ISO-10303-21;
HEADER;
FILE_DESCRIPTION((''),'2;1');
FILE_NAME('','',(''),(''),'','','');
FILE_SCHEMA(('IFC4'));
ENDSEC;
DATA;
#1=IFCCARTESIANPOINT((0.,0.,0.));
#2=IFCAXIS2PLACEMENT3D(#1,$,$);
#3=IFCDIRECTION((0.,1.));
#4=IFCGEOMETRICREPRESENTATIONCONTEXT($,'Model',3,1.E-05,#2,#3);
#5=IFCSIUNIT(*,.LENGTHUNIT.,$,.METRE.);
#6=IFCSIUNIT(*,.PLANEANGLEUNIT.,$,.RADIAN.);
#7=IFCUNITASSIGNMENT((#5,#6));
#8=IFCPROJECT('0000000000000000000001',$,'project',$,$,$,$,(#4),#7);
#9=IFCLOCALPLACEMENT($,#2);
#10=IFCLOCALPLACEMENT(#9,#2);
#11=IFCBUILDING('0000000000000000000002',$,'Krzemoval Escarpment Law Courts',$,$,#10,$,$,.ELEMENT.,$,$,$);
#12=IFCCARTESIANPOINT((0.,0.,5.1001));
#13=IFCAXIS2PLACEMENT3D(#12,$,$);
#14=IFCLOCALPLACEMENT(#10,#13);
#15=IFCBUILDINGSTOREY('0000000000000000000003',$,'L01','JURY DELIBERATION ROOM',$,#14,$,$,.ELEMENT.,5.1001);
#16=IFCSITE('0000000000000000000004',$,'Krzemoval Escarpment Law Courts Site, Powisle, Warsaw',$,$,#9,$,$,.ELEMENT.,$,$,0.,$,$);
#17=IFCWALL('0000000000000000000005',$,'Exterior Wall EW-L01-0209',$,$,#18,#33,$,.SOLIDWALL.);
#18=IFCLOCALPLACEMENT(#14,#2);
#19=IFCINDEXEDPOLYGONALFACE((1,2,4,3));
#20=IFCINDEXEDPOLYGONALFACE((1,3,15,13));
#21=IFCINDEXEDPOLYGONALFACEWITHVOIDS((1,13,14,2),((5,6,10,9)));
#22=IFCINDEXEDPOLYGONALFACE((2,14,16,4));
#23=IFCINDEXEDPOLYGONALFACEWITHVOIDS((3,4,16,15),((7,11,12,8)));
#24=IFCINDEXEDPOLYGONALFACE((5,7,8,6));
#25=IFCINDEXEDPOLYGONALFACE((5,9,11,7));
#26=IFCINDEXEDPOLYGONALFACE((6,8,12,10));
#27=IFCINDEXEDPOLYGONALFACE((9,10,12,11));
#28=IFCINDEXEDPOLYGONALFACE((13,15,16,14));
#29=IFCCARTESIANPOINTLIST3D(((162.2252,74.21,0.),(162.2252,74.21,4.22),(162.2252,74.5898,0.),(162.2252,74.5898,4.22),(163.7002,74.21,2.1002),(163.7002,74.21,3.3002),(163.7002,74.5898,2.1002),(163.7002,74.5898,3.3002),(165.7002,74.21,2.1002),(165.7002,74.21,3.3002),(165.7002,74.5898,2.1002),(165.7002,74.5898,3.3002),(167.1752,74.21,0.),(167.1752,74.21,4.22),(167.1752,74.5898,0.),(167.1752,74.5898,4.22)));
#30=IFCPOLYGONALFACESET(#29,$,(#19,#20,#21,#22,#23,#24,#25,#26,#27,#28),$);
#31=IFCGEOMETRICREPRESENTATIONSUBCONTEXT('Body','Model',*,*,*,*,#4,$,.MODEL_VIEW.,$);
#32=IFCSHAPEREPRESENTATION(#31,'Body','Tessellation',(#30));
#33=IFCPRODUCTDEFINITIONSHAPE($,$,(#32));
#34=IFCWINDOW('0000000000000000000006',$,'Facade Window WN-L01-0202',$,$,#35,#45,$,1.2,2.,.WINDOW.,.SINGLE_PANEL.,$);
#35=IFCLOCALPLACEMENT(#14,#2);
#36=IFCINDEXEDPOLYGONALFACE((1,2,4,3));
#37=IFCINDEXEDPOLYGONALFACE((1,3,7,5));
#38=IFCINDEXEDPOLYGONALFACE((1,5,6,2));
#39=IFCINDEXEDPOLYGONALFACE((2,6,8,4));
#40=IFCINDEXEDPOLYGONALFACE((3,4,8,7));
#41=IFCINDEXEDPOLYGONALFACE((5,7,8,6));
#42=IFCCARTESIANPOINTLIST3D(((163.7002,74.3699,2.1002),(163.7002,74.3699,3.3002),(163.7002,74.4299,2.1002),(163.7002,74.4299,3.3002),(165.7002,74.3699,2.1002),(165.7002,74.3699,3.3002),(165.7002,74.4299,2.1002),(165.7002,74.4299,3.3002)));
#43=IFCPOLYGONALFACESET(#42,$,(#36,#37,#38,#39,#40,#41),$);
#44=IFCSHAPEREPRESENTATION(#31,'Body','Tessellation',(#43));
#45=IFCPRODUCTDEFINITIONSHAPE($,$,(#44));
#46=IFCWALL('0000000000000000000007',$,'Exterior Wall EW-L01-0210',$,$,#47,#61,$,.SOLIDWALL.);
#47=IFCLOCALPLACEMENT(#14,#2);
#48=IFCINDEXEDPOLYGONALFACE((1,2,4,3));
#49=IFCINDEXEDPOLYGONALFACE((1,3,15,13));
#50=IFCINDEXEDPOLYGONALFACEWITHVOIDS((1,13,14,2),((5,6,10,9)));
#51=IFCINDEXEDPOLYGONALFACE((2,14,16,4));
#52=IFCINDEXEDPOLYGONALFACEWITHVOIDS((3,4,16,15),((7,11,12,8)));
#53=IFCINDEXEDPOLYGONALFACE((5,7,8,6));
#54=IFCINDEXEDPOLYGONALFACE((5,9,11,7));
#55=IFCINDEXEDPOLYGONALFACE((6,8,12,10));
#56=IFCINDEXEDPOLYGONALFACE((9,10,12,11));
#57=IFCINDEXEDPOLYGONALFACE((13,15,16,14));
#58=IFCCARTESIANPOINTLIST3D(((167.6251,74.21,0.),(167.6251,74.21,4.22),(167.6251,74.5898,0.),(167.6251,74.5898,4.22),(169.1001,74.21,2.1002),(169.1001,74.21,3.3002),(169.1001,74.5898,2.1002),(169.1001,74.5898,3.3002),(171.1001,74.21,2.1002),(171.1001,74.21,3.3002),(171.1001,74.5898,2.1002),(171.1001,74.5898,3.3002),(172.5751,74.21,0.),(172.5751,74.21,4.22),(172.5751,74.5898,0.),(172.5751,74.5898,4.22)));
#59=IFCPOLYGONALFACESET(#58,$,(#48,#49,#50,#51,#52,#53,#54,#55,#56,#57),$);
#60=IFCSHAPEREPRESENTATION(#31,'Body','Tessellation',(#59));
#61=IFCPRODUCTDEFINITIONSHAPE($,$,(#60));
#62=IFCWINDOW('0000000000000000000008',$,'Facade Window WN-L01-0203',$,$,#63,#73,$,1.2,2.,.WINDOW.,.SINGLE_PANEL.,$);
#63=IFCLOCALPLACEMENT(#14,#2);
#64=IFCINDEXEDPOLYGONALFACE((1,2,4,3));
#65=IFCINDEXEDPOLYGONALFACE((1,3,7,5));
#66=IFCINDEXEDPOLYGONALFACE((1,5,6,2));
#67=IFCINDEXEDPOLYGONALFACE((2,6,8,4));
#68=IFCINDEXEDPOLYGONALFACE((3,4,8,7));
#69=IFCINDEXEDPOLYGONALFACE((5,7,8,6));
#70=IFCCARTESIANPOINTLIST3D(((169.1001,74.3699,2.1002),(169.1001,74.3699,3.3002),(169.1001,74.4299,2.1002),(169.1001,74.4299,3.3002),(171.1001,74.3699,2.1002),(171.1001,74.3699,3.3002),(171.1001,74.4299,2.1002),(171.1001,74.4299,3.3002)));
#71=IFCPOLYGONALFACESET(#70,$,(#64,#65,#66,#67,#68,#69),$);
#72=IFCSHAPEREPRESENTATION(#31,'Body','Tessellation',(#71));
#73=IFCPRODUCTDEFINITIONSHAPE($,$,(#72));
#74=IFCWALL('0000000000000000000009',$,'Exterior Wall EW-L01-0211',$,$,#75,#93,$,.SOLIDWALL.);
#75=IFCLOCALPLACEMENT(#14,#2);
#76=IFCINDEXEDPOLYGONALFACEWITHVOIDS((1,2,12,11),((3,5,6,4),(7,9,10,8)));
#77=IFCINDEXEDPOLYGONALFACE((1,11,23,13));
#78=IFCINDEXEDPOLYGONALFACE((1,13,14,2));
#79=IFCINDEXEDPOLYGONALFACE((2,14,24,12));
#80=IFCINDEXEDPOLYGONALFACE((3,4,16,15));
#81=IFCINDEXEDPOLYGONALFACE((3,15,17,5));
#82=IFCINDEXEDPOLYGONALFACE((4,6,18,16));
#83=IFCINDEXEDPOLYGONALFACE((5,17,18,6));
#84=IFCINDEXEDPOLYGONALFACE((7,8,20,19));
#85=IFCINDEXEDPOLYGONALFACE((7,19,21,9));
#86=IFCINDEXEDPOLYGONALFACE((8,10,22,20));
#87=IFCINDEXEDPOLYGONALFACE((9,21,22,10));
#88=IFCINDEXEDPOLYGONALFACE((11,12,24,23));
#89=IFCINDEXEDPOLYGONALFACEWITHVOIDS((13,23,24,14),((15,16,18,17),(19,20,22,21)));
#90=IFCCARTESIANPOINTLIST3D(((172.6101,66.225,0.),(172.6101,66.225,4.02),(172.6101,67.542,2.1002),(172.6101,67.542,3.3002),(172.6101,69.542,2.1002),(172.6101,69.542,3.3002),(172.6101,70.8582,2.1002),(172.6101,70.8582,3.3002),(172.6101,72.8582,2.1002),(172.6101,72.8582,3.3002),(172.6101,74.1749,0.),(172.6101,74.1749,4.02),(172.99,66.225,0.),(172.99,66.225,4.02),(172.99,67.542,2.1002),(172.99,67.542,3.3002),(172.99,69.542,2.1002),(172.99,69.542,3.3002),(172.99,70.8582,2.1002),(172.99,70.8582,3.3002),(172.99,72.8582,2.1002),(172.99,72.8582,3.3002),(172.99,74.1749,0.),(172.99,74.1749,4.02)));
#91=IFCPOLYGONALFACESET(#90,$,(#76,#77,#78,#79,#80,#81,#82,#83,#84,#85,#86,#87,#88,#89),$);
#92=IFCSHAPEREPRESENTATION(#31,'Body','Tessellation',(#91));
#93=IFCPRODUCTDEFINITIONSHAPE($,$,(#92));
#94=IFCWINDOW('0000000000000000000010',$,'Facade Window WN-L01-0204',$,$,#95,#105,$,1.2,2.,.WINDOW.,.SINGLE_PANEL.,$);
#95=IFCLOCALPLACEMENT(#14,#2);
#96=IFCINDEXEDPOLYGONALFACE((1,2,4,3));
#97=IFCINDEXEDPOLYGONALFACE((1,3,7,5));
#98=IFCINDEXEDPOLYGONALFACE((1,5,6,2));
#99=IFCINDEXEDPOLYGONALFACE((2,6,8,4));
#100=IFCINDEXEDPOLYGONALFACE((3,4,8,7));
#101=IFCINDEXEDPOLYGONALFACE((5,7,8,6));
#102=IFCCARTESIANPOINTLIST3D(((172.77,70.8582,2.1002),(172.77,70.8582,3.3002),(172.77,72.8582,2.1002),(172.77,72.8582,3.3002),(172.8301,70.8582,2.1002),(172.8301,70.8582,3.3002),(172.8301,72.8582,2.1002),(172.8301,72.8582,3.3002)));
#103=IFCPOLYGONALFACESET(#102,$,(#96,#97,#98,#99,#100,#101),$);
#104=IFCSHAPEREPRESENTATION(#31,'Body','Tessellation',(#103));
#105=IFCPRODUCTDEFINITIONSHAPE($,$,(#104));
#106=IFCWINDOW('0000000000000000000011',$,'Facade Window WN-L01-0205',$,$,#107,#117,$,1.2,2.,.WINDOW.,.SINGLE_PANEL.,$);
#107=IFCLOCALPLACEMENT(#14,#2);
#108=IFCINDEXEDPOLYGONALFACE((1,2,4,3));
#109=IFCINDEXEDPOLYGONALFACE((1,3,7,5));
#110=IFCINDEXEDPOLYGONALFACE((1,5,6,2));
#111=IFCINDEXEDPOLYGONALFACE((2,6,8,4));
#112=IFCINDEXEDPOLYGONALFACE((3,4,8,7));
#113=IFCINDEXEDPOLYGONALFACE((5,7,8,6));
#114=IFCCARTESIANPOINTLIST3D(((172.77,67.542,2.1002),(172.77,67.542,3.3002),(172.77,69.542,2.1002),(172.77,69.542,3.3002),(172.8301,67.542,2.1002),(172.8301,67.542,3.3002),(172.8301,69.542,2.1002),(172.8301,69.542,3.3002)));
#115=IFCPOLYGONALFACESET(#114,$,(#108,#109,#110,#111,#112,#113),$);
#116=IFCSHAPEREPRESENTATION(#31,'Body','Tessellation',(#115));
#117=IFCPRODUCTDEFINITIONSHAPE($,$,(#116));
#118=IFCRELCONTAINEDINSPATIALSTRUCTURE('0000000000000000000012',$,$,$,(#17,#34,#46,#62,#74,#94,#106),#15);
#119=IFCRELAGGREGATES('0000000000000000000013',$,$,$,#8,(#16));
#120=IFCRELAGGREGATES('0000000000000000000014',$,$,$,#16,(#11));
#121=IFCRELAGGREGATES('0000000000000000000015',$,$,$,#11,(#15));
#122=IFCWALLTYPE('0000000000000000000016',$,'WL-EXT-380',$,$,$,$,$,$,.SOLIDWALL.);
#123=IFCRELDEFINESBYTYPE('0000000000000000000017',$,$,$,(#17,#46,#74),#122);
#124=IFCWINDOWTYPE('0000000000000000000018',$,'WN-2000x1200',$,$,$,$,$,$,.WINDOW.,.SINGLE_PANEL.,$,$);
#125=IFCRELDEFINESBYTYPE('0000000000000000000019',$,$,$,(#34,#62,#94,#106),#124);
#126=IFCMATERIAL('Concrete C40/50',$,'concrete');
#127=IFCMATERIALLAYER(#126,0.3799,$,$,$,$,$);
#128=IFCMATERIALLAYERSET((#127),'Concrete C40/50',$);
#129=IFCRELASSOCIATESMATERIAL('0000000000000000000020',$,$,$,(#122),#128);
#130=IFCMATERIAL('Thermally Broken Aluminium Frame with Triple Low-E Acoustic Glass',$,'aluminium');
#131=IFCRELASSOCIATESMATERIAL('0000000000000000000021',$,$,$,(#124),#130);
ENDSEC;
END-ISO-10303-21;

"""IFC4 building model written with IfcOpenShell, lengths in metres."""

from ifc_helpers import new_model, si_unit, direction, frame, frame_2d, origin, place, context, subcontext, project, spatial, rectangle, extrude, material, layer, layer_set, type_object, element, fill, save


model = new_model("IFC4")

# Units and contexts
model_context = context("Model", 3, precision=1e-05, world=origin(), true_north=direction((0.0, 1.0)))
body_context = subcontext(model_context, "Body", "Model", "MODEL_VIEW")
ifc_project = project(units=[si_unit("LENGTHUNIT", "METRE"), si_unit("PLANEANGLEUNIT", "RADIAN")], contexts=[model_context])

# Site, building, storey
site_placement = place(None, origin())
site = spatial("IfcSite", under=ifc_project, at=site_placement, Name="Krzemoval Escarpment Law Courts Site, Powisle, Warsaw", CompositionType="ELEMENT", RefElevation=0.0)
building_placement = place(site_placement, origin())
building = spatial("IfcBuilding", under=site, at=building_placement, Name="Krzemoval Escarpment Law Courts", CompositionType="ELEMENT")
storey_placement = place(building_placement, frame((0.0, 0.0, 5.1001)))
storey = spatial("IfcBuildingStorey", under=building, at=storey_placement, Name="L01", Description="JURY DELIBERATION ROOM", CompositionType="ELEMENT", Elevation=5.1001)

# Walls, openings, windows
ifc_material_1 = material(Name="Concrete C40/50", Category="concrete")
ifc_layer = layer(ifc_material_1, 0.3799)
ifc_layer_set = layer_set([ifc_layer], Name="Concrete C40/50")
wall_type = type_object("IfcWallType", Name="WL-EXT-380", PredefinedType="SOLIDWALL", material=ifc_layer_set)
wall_1_placement = place(storey_placement, frame((162.2251, 74.3999, 0.0), z_axis=(0.0, 0.0, 1.0), x_axis=(1.0, 0.0, 0.0)))
wall_1 = element("IfcWall", 1, at=wall_1_placement, inside=storey, type_object=wall_type, Name="Exterior Wall EW-L01-0209", PredefinedType="SOLIDWALL", context=body_context, shape_type="SweptSolid", body=[
    extrude(rectangle(XDim=4.95, YDim=0.3799, at=frame_2d((2.4751, 0.0))), origin(), (0.0, 0.0, 1.0), 4.22),
])
opening_1_placement = place(wall_1_placement, frame((1.4751, 0.0, 2.1001)))
opening_1 = element("IfcOpeningElement", 2, at=opening_1_placement, cuts=wall_1, PredefinedType="OPENING", context=body_context, shape_type="SweptSolid", body=[
    extrude(rectangle(XDim=2.0, YDim=1.2, at=frame_2d((1.0, 0.6001))), frame((0.0, 0.2049, 0.0), z_axis=(0.0, -1.0, 0.0), x_axis=(1.0, 0.0, 0.0)), (0.0, 0.0, 1.0), 0.4099),
])
ifc_material_2 = material(Name="Thermally Broken Aluminium Frame with Triple Low-E Acoustic Glass", Category="aluminium")
window_type = type_object("IfcWindowType", Name="WN-2000x1200", PartitioningType="SINGLE_PANEL", PredefinedType="WINDOW", material=ifc_material_2)
window_1_placement = place(opening_1_placement, origin())
window_1 = element("IfcWindow", 3, at=window_1_placement, inside=storey, type_object=window_type, Name="Facade Window WN-L01-0202", OverallHeight=1.2, OverallWidth=2.0, PartitioningType="SINGLE_PANEL", PredefinedType="WINDOW", context=body_context, shape_type="SweptSolid", body=[
    extrude(rectangle(XDim=2.0, YDim=1.2, at=frame_2d((1.0, 0.6001))), frame((0.0, 0.03, 0.0), z_axis=(0.0, -1.0, 0.0), x_axis=(1.0, 0.0, 0.0)), (0.0, 0.0, 1.0), 0.0601),
])
fill(opening_1, window_1)
wall_2_placement = place(storey_placement, frame((167.625, 74.3999, 0.0), z_axis=(0.0, 0.0, 1.0), x_axis=(1.0, 0.0, 0.0)))
wall_2 = element("IfcWall", 4, at=wall_2_placement, inside=storey, type_object=wall_type, Name="Exterior Wall EW-L01-0210", PredefinedType="SOLIDWALL", context=body_context, shape_type="SweptSolid", body=[
    extrude(rectangle(XDim=4.95, YDim=0.3799, at=frame_2d((2.4751, 0.0))), origin(), (0.0, 0.0, 1.0), 4.22),
])
opening_2_placement = place(wall_2_placement, frame((1.4751, 0.0, 2.1001)))
opening_2 = element("IfcOpeningElement", 5, at=opening_2_placement, cuts=wall_2, PredefinedType="OPENING", context=body_context, shape_type="SweptSolid", body=[
    extrude(rectangle(XDim=2.0, YDim=1.2, at=frame_2d((1.0, 0.6001))), frame((0.0, 0.2049, 0.0), z_axis=(0.0, -1.0, 0.0), x_axis=(1.0, 0.0, 0.0)), (0.0, 0.0, 1.0), 0.4099),
])
window_2_placement = place(opening_2_placement, origin())
window_2 = element("IfcWindow", 6, at=window_2_placement, inside=storey, type_object=window_type, Name="Facade Window WN-L01-0203", OverallHeight=1.2, OverallWidth=2.0, PartitioningType="SINGLE_PANEL", PredefinedType="WINDOW", context=body_context, shape_type="SweptSolid", body=[
    extrude(rectangle(XDim=2.0, YDim=1.2, at=frame_2d((1.0, 0.6001))), frame((0.0, 0.03, 0.0), z_axis=(0.0, -1.0, 0.0), x_axis=(1.0, 0.0, 0.0)), (0.0, 0.0, 1.0), 0.0601),
])
fill(opening_2, window_2)

# Wall, openings, windows
wall_3_placement = place(storey_placement, frame((172.8, 74.175, 0.0), z_axis=(0.0, 0.0, 1.0), x_axis=(0.0, -1.0, 0.0)))
wall_3 = element("IfcWall", 7, at=wall_3_placement, inside=storey, type_object=wall_type, Name="Exterior Wall EW-L01-0211", PredefinedType="SOLIDWALL", context=body_context, shape_type="SweptSolid", body=[
    extrude(rectangle(XDim=7.95, YDim=0.3799, at=frame_2d((3.9751, 0.0))), origin(), (0.0, 0.0, 1.0), 4.02),
])
opening_3_placement = place(wall_3_placement, frame((1.3169, 0.0, 2.1001)))
opening_3 = element("IfcOpeningElement", 8, at=opening_3_placement, cuts=wall_3, PredefinedType="OPENING", context=body_context, shape_type="SweptSolid", body=[
    extrude(rectangle(XDim=2.0, YDim=1.2, at=frame_2d((1.0, 0.6001))), frame((0.0, 0.2049, 0.0), z_axis=(0.0, -1.0, 0.0), x_axis=(1.0, 0.0, 0.0)), (0.0, 0.0, 1.0), 0.4099),
])
opening_4_placement = place(wall_3_placement, frame((4.6331, 0.0, 2.1001)))
opening_4 = element("IfcOpeningElement", 9, at=opening_4_placement, cuts=wall_3, PredefinedType="OPENING", context=body_context, shape_type="SweptSolid", body=[
    extrude(rectangle(XDim=2.0, YDim=1.2, at=frame_2d((1.0, 0.6001))), frame((0.0, 0.2049, 0.0), z_axis=(0.0, -1.0, 0.0), x_axis=(1.0, 0.0, 0.0)), (0.0, 0.0, 1.0), 0.4099),
])
window_3_placement = place(opening_3_placement, origin())
window_3 = element("IfcWindow", 10, at=window_3_placement, inside=storey, type_object=window_type, Name="Facade Window WN-L01-0204", OverallHeight=1.2, OverallWidth=2.0, PartitioningType="SINGLE_PANEL", PredefinedType="WINDOW", context=body_context, shape_type="SweptSolid", body=[
    extrude(rectangle(XDim=2.0, YDim=1.2, at=frame_2d((1.0, 0.6001))), frame((0.0, 0.03, 0.0), z_axis=(0.0, -1.0, 0.0), x_axis=(1.0, 0.0, 0.0)), (0.0, 0.0, 1.0), 0.0601),
])
fill(opening_3, window_3)
window_4_placement = place(opening_4_placement, origin())
window_4 = element("IfcWindow", 11, at=window_4_placement, inside=storey, type_object=window_type, Name="Facade Window WN-L01-0205", OverallHeight=1.2, OverallWidth=2.0, PartitioningType="SINGLE_PANEL", PredefinedType="WINDOW", context=body_context, shape_type="SweptSolid", body=[
    extrude(rectangle(XDim=2.0, YDim=1.2, at=frame_2d((1.0, 0.6001))), frame((0.0, 0.03, 0.0), z_axis=(0.0, -1.0, 0.0), x_axis=(1.0, 0.0, 0.0)), (0.0, 0.0, 1.0), 0.0601),
])
fill(opening_4, window_4)

save(model, "model.ifc")
